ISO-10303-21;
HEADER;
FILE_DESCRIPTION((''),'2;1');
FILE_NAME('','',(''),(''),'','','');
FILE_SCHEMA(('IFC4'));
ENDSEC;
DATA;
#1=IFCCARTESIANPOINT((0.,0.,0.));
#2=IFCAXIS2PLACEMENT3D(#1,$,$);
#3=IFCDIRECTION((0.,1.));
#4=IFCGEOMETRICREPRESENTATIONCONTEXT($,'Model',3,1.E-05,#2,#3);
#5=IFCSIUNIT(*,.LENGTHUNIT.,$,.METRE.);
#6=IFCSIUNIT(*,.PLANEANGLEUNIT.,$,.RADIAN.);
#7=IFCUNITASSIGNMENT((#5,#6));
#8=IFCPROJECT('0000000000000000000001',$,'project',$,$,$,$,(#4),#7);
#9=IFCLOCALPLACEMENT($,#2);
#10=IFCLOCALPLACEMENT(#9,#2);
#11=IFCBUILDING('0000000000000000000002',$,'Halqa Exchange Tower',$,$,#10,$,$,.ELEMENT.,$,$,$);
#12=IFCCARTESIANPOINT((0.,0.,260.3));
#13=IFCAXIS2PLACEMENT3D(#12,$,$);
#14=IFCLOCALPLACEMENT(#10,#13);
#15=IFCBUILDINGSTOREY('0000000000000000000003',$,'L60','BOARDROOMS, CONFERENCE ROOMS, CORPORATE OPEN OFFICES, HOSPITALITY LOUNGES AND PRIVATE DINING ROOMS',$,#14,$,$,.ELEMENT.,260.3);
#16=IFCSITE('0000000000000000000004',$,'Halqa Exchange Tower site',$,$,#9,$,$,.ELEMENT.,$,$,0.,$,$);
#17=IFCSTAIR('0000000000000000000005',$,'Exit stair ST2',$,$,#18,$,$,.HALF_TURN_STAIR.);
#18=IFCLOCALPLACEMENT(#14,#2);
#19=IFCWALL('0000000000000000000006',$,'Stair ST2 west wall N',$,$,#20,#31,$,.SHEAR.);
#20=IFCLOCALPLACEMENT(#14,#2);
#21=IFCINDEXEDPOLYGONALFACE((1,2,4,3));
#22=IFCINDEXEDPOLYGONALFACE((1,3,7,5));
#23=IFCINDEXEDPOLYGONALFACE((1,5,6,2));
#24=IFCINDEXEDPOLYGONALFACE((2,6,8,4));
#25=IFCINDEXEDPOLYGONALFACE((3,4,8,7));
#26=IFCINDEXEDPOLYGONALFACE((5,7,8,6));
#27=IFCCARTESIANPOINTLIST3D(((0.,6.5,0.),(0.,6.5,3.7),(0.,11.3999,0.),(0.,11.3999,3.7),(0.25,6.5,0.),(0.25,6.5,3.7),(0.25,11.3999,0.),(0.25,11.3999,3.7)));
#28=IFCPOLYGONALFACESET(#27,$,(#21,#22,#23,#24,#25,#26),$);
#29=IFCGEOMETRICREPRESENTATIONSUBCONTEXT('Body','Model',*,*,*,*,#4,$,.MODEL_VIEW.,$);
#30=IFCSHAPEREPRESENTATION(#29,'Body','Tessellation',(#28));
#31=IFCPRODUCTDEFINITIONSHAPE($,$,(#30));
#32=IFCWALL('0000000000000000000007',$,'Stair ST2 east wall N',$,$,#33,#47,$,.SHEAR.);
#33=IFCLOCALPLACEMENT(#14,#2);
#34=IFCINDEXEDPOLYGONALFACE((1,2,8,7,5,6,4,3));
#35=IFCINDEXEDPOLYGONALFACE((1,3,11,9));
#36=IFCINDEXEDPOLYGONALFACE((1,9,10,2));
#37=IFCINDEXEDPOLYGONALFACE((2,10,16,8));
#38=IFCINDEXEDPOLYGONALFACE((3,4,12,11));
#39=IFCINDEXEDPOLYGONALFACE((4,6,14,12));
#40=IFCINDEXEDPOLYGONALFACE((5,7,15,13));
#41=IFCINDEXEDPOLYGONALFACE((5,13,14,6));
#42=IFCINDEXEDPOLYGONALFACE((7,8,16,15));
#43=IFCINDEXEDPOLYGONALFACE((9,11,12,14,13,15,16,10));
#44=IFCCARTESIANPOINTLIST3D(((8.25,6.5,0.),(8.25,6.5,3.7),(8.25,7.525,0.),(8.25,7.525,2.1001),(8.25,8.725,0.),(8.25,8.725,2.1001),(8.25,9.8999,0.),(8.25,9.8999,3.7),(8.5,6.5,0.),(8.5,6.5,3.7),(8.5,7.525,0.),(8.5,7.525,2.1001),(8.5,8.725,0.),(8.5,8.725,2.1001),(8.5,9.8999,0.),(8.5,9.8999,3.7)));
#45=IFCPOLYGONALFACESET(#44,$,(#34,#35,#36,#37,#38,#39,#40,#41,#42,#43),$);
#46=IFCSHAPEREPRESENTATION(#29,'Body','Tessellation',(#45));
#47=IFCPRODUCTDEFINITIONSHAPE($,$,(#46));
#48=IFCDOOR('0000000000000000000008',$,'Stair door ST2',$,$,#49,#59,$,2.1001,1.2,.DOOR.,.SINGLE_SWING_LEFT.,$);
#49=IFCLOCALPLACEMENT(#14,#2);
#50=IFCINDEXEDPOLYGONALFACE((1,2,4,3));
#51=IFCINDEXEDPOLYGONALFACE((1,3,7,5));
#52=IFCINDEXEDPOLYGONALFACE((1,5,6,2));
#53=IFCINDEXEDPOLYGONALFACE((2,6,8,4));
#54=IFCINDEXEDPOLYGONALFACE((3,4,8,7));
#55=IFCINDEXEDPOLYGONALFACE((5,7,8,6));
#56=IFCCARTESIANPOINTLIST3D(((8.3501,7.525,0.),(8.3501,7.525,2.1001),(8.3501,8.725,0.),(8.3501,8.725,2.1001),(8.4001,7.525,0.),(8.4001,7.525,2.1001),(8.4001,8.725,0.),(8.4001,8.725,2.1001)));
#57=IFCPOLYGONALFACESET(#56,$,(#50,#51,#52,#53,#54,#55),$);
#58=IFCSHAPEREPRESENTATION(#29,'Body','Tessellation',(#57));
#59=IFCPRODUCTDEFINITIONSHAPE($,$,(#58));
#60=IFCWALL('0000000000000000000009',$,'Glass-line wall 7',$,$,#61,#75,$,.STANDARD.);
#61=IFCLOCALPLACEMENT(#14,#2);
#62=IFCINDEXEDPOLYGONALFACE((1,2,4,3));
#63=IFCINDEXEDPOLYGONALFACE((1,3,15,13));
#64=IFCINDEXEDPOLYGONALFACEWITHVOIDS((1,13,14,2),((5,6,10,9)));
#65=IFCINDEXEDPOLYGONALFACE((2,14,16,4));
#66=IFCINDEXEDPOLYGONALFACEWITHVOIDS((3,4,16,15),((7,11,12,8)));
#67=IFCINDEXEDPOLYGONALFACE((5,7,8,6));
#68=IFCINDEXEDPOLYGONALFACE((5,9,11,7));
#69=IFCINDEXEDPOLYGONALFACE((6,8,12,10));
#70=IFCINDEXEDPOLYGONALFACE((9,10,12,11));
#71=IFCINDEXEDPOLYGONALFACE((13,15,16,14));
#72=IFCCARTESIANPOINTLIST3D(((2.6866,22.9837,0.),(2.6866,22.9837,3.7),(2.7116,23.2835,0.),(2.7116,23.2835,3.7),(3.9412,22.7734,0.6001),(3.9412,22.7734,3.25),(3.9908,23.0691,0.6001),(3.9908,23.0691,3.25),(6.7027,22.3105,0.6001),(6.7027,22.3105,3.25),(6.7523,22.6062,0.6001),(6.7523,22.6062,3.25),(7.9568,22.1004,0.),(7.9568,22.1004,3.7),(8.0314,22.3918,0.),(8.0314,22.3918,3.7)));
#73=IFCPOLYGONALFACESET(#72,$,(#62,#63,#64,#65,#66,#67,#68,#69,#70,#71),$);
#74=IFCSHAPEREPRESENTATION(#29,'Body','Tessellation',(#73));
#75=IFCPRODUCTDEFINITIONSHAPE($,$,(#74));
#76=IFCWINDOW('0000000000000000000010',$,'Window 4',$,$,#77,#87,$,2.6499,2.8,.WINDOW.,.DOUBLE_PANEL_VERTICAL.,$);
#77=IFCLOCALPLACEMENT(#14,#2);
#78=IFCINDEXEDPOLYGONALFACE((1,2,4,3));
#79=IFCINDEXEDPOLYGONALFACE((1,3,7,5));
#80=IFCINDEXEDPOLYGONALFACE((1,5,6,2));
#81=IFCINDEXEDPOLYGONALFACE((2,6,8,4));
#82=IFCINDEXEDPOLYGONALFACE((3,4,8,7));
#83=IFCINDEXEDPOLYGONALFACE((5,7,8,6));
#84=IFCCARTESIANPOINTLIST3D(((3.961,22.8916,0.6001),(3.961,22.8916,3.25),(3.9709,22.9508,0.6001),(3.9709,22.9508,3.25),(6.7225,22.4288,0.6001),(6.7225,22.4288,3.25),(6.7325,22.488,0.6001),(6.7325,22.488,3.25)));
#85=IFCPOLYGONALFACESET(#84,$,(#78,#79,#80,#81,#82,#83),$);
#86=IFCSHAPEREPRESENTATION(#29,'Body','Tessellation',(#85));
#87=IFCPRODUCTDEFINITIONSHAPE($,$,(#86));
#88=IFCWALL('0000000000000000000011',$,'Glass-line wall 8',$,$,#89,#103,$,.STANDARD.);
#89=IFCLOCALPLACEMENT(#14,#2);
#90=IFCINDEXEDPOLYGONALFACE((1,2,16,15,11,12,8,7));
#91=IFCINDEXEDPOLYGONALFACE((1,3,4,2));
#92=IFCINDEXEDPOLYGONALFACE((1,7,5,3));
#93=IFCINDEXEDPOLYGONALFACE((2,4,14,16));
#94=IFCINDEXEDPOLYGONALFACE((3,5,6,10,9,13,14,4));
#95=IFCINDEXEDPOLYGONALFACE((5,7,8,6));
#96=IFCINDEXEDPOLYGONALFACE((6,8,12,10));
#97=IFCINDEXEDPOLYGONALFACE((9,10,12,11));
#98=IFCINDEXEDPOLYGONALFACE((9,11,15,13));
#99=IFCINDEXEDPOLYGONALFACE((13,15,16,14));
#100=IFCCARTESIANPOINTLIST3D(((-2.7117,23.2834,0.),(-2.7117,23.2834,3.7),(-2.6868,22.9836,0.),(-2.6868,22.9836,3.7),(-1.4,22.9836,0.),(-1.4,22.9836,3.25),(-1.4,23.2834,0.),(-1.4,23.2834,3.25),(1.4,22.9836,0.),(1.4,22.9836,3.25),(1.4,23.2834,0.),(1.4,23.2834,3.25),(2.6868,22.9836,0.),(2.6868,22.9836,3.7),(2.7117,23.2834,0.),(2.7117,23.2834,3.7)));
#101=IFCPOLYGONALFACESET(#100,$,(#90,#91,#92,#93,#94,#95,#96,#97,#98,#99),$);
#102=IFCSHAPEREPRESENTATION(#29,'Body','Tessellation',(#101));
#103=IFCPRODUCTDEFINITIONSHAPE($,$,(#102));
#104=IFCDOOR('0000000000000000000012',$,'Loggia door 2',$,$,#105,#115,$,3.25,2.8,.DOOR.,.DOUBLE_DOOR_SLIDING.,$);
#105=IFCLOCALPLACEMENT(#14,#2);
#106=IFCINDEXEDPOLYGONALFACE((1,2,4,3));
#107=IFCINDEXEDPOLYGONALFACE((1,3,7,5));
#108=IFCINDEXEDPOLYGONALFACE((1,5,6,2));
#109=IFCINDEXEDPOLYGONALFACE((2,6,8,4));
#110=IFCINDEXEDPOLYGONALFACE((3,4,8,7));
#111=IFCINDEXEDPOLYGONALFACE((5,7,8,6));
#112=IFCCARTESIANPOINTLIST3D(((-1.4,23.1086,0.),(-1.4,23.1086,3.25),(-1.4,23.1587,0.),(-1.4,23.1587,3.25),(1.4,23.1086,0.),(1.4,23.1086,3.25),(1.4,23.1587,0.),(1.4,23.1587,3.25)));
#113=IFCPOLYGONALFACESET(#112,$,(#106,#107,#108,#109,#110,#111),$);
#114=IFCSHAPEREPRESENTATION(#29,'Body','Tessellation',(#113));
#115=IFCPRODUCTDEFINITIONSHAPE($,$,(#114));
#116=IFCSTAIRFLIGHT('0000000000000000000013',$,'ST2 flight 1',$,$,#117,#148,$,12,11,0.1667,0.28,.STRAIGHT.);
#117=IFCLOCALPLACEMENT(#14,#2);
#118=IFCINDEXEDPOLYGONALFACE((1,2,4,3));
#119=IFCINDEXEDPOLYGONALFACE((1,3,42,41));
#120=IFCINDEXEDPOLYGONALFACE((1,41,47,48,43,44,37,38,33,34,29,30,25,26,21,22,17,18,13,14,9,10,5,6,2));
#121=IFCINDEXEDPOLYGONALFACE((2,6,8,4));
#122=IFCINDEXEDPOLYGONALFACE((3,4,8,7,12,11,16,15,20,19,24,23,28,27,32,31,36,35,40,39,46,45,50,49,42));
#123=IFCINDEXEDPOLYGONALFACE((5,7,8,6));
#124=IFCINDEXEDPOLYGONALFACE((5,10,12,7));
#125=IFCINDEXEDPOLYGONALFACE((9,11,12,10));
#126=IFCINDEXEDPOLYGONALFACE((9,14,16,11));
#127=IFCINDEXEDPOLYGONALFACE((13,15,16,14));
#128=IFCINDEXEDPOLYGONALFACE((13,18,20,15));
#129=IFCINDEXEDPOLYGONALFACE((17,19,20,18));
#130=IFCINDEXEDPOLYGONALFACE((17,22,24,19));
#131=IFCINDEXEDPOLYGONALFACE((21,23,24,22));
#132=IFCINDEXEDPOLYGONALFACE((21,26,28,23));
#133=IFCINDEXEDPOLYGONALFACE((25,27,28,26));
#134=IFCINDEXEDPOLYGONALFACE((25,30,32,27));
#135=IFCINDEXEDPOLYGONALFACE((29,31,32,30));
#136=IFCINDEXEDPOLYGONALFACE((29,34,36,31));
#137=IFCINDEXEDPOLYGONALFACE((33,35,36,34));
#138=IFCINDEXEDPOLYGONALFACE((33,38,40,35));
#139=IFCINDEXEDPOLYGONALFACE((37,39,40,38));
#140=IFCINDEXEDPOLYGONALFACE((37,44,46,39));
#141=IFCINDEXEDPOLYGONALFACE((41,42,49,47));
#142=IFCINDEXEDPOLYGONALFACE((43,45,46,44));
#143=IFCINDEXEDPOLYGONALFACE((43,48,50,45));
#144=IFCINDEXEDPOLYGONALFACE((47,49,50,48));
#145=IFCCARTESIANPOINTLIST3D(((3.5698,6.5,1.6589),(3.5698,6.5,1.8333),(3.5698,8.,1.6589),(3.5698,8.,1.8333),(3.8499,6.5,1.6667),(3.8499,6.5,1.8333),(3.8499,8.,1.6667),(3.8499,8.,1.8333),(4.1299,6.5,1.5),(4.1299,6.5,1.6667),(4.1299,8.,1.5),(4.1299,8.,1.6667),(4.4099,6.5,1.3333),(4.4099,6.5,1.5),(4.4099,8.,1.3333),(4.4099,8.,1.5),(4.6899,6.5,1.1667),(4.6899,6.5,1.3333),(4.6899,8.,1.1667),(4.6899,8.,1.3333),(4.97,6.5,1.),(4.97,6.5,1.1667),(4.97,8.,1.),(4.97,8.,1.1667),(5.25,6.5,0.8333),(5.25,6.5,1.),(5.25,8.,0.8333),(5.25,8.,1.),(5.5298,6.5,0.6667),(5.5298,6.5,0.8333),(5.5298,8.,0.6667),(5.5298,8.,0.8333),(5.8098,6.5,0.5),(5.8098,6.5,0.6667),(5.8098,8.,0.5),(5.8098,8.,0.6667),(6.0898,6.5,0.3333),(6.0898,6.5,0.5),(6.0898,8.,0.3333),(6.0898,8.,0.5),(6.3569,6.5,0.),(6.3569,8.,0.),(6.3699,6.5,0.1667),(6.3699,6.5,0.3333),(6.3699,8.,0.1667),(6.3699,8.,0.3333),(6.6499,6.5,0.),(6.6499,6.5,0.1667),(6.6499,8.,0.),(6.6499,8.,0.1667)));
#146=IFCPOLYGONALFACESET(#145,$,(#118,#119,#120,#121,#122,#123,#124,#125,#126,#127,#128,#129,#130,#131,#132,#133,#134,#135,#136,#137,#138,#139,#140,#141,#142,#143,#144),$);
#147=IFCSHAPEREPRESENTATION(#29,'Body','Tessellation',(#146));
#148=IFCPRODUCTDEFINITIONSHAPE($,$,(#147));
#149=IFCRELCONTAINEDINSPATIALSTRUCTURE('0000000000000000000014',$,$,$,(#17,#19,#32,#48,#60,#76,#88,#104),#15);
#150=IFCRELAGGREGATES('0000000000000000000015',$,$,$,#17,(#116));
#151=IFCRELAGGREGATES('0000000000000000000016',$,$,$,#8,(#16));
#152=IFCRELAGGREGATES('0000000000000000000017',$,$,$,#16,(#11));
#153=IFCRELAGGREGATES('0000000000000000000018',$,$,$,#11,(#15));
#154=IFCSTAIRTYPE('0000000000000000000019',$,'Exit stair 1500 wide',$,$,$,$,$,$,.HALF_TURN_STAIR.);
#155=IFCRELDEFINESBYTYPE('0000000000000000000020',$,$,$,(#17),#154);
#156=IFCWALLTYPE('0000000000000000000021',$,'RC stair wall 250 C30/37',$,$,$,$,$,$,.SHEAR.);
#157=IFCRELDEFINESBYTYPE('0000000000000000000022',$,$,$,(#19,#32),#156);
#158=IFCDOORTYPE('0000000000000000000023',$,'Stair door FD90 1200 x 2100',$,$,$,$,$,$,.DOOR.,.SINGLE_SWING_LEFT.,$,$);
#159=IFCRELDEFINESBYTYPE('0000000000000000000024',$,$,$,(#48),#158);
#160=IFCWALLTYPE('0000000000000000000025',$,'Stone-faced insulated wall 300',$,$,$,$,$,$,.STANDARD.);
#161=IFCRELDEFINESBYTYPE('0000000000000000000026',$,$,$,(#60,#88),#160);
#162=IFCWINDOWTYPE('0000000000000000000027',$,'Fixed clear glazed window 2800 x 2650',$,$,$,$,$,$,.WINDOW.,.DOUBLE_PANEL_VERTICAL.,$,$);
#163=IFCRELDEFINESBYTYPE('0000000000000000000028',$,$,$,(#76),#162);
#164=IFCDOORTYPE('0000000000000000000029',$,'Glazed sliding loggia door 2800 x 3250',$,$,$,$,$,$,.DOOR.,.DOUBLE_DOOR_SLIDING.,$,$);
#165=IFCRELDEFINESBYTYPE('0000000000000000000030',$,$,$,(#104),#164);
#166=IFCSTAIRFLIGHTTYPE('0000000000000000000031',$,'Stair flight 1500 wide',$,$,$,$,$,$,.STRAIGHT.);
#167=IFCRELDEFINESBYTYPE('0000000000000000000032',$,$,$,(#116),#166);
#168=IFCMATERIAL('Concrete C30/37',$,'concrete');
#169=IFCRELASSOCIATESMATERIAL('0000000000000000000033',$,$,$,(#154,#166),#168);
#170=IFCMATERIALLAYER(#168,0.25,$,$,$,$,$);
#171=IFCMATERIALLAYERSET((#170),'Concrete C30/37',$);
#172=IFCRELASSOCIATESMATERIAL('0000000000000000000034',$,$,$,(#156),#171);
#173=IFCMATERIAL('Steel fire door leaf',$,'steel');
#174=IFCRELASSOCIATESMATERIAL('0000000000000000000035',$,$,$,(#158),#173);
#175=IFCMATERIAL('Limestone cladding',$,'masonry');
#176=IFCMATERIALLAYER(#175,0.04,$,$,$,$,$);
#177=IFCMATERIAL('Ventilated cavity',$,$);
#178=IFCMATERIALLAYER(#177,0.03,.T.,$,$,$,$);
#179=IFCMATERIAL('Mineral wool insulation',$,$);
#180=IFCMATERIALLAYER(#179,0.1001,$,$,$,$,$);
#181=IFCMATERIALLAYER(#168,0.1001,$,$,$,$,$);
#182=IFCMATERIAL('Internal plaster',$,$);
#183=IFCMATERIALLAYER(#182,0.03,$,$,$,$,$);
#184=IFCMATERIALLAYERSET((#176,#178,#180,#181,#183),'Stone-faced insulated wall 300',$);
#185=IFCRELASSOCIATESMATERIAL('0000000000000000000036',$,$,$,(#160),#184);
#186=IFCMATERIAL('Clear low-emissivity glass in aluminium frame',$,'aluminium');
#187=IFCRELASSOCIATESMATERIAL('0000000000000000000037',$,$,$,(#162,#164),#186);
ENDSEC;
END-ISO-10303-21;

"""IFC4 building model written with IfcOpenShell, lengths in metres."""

from ifc_helpers import new_model, si_unit, direction, frame, frame_2d, origin, place, context, subcontext, project, spatial, polyline, rectangle, outline, extrude, material, layer, layer_set, type_object, element, fill, aggregate, save


model = new_model("IFC4")

# Units and contexts
model_context = context("Model", 3, precision=1e-05, world=origin(), true_north=direction((0.0, 1.0)))
body_context = subcontext(model_context, "Body", "Model", "MODEL_VIEW")
ifc_project = project(units=[si_unit("LENGTHUNIT", "METRE"), si_unit("PLANEANGLEUNIT", "RADIAN")], contexts=[model_context])

# Site, building, storey
site_placement = place(None, origin())
site = spatial("IfcSite", under=ifc_project, at=site_placement, Name="Halqa Exchange Tower site", CompositionType="ELEMENT", RefElevation=0.0)
building_placement = place(site_placement, origin())
building = spatial("IfcBuilding", under=site, at=building_placement, Name="Halqa Exchange Tower", CompositionType="ELEMENT")
storey_placement = place(building_placement, frame((0.0, 0.0, 260.3)))
storey = spatial("IfcBuildingStorey", under=building, at=storey_placement, Name="L60", Description="BOARDROOMS, CONFERENCE ROOMS, CORPORATE OPEN OFFICES, HOSPITALITY LOUNGES AND PRIVATE DINING ROOMS", CompositionType="ELEMENT", Elevation=260.3)

# Stair
ifc_material_1 = material(Name="Concrete C30/37", Category="concrete")
stair_type = type_object("IfcStairType", Name="Exit stair 1500 wide", PredefinedType="HALF_TURN_STAIR", material=ifc_material_1)
stair_1_placement = place(storey_placement, origin())
stair_1 = element("IfcStair", 1, at=stair_1_placement, inside=storey, type_object=stair_type, Name="Exit stair ST2", PredefinedType="HALF_TURN_STAIR")

# Wall
ifc_layer_1 = layer(ifc_material_1, 0.25)
ifc_layer_set_1 = layer_set([ifc_layer_1], Name="Concrete C30/37")
wall_type_1 = type_object("IfcWallType", Name="RC stair wall 250 C30/37", PredefinedType="SHEAR", material=ifc_layer_set_1)
wall_1_placement = place(storey_placement, frame((0.125, 6.5, 0.0), z_axis=(0.0, 0.0, 1.0), x_axis=(0.0, 1.0, 0.0)))
element("IfcWall", 2, at=wall_1_placement, inside=storey, type_object=wall_type_1, Name="Stair ST2 west wall N", PredefinedType="SHEAR", context=body_context, shape_type="SweptSolid", body=[
    extrude(rectangle(XDim=4.8999, YDim=0.25, at=frame_2d((2.45, 0.0))), origin(), (0.0, 0.0, 1.0), 3.7),
])

# Wall, opening, door
wall_2_placement = place(storey_placement, frame((8.375, 6.5, 0.0), z_axis=(0.0, 0.0, 1.0), x_axis=(0.0, 1.0, 0.0)))
wall_2 = element("IfcWall", 3, at=wall_2_placement, inside=storey, type_object=wall_type_1, Name="Stair ST2 east wall N", PredefinedType="SHEAR", context=body_context, shape_type="SweptSolid", body=[
    extrude(rectangle(XDim=3.3999, YDim=0.25, at=frame_2d((1.7, 0.0))), origin(), (0.0, 0.0, 1.0), 3.7),
])
opening_1_placement = place(wall_2_placement, frame((1.0249, 0.0, 0.0)))
opening_1 = element("IfcOpeningElement", 4, at=opening_1_placement, cuts=wall_2, PredefinedType="OPENING", context=body_context, shape_type="SweptSolid", body=[
    extrude(rectangle(XDim=1.2, YDim=2.1001, at=frame_2d((0.6001, 1.05))), frame((0.0, 0.137, 0.0), z_axis=(0.0, -1.0, 0.0), x_axis=(1.0, 0.0, 0.0)), (0.0, 0.0, 1.0), 0.2739),
])
ifc_material_2 = material(Name="Steel fire door leaf", Category="steel")
door_type_1 = type_object("IfcDoorType", Name="Stair door FD90 1200 x 2100", OperationType="SINGLE_SWING_LEFT", PredefinedType="DOOR", material=ifc_material_2)
door_1_placement = place(opening_1_placement, origin())
door_1 = element("IfcDoor", 5, at=door_1_placement, inside=storey, type_object=door_type_1, Name="Stair door ST2", OperationType="SINGLE_SWING_LEFT", OverallHeight=2.1001, OverallWidth=1.2, PredefinedType="DOOR", context=body_context, shape_type="SweptSolid", body=[
    extrude(rectangle(XDim=1.2, YDim=2.1001, at=frame_2d((0.6001, 1.05))), frame((0.0, 0.0249, 0.0), z_axis=(0.0, -1.0, 0.0), x_axis=(1.0, 0.0, 0.0)), (0.0, 0.0, 1.0), 0.05),
])
fill(opening_1, door_1)

# Wall, opening, window
ifc_material_3 = material(Name="Limestone cladding", Category="masonry")
ifc_layer_2 = layer(ifc_material_3, 0.04)
ifc_material_4 = material(Name="Ventilated cavity")
ifc_layer_3 = layer(ifc_material_4, 0.03, ventilated=True)
ifc_material_5 = material(Name="Mineral wool insulation")
ifc_layer_4 = layer(ifc_material_5, 0.1001)
ifc_layer_5 = layer(ifc_material_1, 0.1001)
ifc_material_6 = material(Name="Internal plaster")
ifc_layer_6 = layer(ifc_material_6, 0.03)
ifc_layer_set_2 = layer_set([ifc_layer_2, ifc_layer_3, ifc_layer_4, ifc_layer_5, ifc_layer_6], Name="Stone-faced insulated wall 300")
wall_type_2 = type_object("IfcWallType", Name="Stone-faced insulated wall 300", PredefinedType="STANDARD", material=ifc_layer_set_2)
wall_3_placement = place(storey_placement, frame((7.9941, 22.2461, 0.0), z_axis=(0.0, 0.0, 1.0), x_axis=(-0.986244, 0.165299, 0.0)))
wall_3 = element("IfcWall", 6, at=wall_3_placement, inside=storey, type_object=wall_type_2, Name="Glass-line wall 7", PredefinedType="STANDARD", context=body_context, shape_type="SweptSolid", body=[
    extrude(outline(polyline([(-0.0127, -0.1499), (5.3813, -0.1499), (5.3564, 0.1499), (0.0127, 0.1499), (-0.0127, -0.1499)])), origin(), (0.0, 0.0, 1.0), 3.7),
])
opening_2_placement = place(wall_3_placement, frame((1.2844, 0.0, 0.6001)))
opening_2 = element("IfcOpeningElement", 7, at=opening_2_placement, cuts=wall_3, PredefinedType="OPENING", context=body_context, shape_type="SweptSolid", body=[
    extrude(rectangle(XDim=2.8, YDim=2.6499, at=frame_2d((1.3999, 1.325))), frame((0.0, 0.1621, 0.0), z_axis=(0.0, -1.0, 0.0), x_axis=(1.0, 0.0, 0.0)), (0.0, 0.0, 1.0), 0.324),
])
ifc_material_7 = material(Name="Clear low-emissivity glass in aluminium frame", Category="aluminium")
window_type = type_object("IfcWindowType", Name="Fixed clear glazed window 2800 x 2650", PartitioningType="DOUBLE_PANEL_VERTICAL", PredefinedType="WINDOW", material=ifc_material_7)
window_placement = place(opening_2_placement, origin())
window = element("IfcWindow", 8, at=window_placement, inside=storey, type_object=window_type, Name="Window 4", OverallHeight=2.6499, OverallWidth=2.8, PartitioningType="DOUBLE_PANEL_VERTICAL", PredefinedType="WINDOW", context=body_context, shape_type="SweptSolid", body=[
    extrude(rectangle(XDim=2.8, YDim=2.6499, at=frame_2d((1.3999, 1.325))), frame((0.0, 0.03, 0.0), z_axis=(0.0, -1.0, 0.0), x_axis=(1.0, 0.0, 0.0)), (0.0, 0.0, 1.0), 0.0601),
])
fill(opening_2, window)

# Wall, opening, door
wall_4_placement = place(storey_placement, frame((2.6992, 23.1335, 0.0), z_axis=(0.0, 0.0, 1.0), x_axis=(-1.0, 0.0, 0.0)))
wall_4 = element("IfcWall", 9, at=wall_4_placement, inside=storey, type_object=wall_type_2, Name="Glass-line wall 8", PredefinedType="STANDARD", context=body_context, shape_type="SweptSolid", body=[
    extrude(outline(polyline([(-0.0125, -0.1499), (5.4109, -0.1499), (5.386, 0.1499), (0.0125, 0.1499), (-0.0125, -0.1499)])), origin(), (0.0, 0.0, 1.0), 3.7),
])
opening_3_placement = place(wall_4_placement, frame((1.2993, 0.0, 0.0)))
opening_3 = element("IfcOpeningElement", 10, at=opening_3_placement, cuts=wall_4, PredefinedType="OPENING", context=body_context, shape_type="SweptSolid", body=[
    extrude(rectangle(XDim=2.8, YDim=3.25, at=frame_2d((1.3999, 1.625))), frame((0.0, 0.1621, 0.0), z_axis=(0.0, -1.0, 0.0), x_axis=(1.0, 0.0, 0.0)), (0.0, 0.0, 1.0), 0.324),
])
door_type_2 = type_object("IfcDoorType", Name="Glazed sliding loggia door 2800 x 3250", OperationType="DOUBLE_DOOR_SLIDING", PredefinedType="DOOR", material=ifc_material_7)
door_2_placement = place(opening_3_placement, origin())
door_2 = element("IfcDoor", 11, at=door_2_placement, inside=storey, type_object=door_type_2, Name="Loggia door 2", OperationType="DOUBLE_DOOR_SLIDING", OverallHeight=3.25, OverallWidth=2.8, PredefinedType="DOOR", context=body_context, shape_type="SweptSolid", body=[
    extrude(rectangle(XDim=2.8, YDim=3.25, at=frame_2d((1.3999, 1.625))), frame((0.0, 0.0249, 0.0), z_axis=(0.0, -1.0, 0.0), x_axis=(1.0, 0.0, 0.0)), (0.0, 0.0, 1.0), 0.05),
])
fill(opening_3, door_2)

# Stair flight
stair_flight_type = type_object("IfcStairFlightType", Name="Stair flight 1500 wide", PredefinedType="STRAIGHT", material=ifc_material_1)
stair_flight_1_placement = place(storey_placement, frame((6.6499, 7.25, 0.0), z_axis=(0.0, 0.0, 1.0), x_axis=(-1.0, 0.0, 0.0)))
stair_flight_1 = element("IfcStairFlight", 12, at=stair_flight_1_placement, type_object=stair_flight_type, Name="ST2 flight 1", NumberOfRisers=12, NumberOfTreads=11, PredefinedType="STRAIGHT", RiserHeight=0.1667, TreadLength=0.28, context=body_context, shape_type="SweptSolid", body=[
    extrude(outline(polyline([(0.0, 0.0), (0.0, 0.1667), (0.28, 0.1667), (0.28, 0.3333), (0.5601, 0.3333), (0.5601, 0.5), (0.8401, 0.5), (0.8401, 0.6667), (1.1201, 0.6667), (1.1201, 0.8333), (1.3999, 0.8333), (1.3999, 1.0), (1.6799, 1.0), (1.6799, 1.1667), (1.96, 1.1667), (1.96, 1.3333), (2.24, 1.3333), (2.24, 1.5), (2.52, 1.5), (2.52, 1.6667), (2.8, 1.6667), (2.8, 1.8333), (3.0801, 1.8333), (3.0801, 2.0), (3.0801, 1.6589), (0.293, 0.0), (0.0, 0.0)])), frame((0.0, 0.75, 0.0), z_axis=(0.0, -1.0, 0.0), x_axis=(1.0, 0.0, 0.0)), (0.0, 0.0, 1.0), 1.5),
])
aggregate(stair_1, [stair_flight_1])

save(model, "model.ifc")
